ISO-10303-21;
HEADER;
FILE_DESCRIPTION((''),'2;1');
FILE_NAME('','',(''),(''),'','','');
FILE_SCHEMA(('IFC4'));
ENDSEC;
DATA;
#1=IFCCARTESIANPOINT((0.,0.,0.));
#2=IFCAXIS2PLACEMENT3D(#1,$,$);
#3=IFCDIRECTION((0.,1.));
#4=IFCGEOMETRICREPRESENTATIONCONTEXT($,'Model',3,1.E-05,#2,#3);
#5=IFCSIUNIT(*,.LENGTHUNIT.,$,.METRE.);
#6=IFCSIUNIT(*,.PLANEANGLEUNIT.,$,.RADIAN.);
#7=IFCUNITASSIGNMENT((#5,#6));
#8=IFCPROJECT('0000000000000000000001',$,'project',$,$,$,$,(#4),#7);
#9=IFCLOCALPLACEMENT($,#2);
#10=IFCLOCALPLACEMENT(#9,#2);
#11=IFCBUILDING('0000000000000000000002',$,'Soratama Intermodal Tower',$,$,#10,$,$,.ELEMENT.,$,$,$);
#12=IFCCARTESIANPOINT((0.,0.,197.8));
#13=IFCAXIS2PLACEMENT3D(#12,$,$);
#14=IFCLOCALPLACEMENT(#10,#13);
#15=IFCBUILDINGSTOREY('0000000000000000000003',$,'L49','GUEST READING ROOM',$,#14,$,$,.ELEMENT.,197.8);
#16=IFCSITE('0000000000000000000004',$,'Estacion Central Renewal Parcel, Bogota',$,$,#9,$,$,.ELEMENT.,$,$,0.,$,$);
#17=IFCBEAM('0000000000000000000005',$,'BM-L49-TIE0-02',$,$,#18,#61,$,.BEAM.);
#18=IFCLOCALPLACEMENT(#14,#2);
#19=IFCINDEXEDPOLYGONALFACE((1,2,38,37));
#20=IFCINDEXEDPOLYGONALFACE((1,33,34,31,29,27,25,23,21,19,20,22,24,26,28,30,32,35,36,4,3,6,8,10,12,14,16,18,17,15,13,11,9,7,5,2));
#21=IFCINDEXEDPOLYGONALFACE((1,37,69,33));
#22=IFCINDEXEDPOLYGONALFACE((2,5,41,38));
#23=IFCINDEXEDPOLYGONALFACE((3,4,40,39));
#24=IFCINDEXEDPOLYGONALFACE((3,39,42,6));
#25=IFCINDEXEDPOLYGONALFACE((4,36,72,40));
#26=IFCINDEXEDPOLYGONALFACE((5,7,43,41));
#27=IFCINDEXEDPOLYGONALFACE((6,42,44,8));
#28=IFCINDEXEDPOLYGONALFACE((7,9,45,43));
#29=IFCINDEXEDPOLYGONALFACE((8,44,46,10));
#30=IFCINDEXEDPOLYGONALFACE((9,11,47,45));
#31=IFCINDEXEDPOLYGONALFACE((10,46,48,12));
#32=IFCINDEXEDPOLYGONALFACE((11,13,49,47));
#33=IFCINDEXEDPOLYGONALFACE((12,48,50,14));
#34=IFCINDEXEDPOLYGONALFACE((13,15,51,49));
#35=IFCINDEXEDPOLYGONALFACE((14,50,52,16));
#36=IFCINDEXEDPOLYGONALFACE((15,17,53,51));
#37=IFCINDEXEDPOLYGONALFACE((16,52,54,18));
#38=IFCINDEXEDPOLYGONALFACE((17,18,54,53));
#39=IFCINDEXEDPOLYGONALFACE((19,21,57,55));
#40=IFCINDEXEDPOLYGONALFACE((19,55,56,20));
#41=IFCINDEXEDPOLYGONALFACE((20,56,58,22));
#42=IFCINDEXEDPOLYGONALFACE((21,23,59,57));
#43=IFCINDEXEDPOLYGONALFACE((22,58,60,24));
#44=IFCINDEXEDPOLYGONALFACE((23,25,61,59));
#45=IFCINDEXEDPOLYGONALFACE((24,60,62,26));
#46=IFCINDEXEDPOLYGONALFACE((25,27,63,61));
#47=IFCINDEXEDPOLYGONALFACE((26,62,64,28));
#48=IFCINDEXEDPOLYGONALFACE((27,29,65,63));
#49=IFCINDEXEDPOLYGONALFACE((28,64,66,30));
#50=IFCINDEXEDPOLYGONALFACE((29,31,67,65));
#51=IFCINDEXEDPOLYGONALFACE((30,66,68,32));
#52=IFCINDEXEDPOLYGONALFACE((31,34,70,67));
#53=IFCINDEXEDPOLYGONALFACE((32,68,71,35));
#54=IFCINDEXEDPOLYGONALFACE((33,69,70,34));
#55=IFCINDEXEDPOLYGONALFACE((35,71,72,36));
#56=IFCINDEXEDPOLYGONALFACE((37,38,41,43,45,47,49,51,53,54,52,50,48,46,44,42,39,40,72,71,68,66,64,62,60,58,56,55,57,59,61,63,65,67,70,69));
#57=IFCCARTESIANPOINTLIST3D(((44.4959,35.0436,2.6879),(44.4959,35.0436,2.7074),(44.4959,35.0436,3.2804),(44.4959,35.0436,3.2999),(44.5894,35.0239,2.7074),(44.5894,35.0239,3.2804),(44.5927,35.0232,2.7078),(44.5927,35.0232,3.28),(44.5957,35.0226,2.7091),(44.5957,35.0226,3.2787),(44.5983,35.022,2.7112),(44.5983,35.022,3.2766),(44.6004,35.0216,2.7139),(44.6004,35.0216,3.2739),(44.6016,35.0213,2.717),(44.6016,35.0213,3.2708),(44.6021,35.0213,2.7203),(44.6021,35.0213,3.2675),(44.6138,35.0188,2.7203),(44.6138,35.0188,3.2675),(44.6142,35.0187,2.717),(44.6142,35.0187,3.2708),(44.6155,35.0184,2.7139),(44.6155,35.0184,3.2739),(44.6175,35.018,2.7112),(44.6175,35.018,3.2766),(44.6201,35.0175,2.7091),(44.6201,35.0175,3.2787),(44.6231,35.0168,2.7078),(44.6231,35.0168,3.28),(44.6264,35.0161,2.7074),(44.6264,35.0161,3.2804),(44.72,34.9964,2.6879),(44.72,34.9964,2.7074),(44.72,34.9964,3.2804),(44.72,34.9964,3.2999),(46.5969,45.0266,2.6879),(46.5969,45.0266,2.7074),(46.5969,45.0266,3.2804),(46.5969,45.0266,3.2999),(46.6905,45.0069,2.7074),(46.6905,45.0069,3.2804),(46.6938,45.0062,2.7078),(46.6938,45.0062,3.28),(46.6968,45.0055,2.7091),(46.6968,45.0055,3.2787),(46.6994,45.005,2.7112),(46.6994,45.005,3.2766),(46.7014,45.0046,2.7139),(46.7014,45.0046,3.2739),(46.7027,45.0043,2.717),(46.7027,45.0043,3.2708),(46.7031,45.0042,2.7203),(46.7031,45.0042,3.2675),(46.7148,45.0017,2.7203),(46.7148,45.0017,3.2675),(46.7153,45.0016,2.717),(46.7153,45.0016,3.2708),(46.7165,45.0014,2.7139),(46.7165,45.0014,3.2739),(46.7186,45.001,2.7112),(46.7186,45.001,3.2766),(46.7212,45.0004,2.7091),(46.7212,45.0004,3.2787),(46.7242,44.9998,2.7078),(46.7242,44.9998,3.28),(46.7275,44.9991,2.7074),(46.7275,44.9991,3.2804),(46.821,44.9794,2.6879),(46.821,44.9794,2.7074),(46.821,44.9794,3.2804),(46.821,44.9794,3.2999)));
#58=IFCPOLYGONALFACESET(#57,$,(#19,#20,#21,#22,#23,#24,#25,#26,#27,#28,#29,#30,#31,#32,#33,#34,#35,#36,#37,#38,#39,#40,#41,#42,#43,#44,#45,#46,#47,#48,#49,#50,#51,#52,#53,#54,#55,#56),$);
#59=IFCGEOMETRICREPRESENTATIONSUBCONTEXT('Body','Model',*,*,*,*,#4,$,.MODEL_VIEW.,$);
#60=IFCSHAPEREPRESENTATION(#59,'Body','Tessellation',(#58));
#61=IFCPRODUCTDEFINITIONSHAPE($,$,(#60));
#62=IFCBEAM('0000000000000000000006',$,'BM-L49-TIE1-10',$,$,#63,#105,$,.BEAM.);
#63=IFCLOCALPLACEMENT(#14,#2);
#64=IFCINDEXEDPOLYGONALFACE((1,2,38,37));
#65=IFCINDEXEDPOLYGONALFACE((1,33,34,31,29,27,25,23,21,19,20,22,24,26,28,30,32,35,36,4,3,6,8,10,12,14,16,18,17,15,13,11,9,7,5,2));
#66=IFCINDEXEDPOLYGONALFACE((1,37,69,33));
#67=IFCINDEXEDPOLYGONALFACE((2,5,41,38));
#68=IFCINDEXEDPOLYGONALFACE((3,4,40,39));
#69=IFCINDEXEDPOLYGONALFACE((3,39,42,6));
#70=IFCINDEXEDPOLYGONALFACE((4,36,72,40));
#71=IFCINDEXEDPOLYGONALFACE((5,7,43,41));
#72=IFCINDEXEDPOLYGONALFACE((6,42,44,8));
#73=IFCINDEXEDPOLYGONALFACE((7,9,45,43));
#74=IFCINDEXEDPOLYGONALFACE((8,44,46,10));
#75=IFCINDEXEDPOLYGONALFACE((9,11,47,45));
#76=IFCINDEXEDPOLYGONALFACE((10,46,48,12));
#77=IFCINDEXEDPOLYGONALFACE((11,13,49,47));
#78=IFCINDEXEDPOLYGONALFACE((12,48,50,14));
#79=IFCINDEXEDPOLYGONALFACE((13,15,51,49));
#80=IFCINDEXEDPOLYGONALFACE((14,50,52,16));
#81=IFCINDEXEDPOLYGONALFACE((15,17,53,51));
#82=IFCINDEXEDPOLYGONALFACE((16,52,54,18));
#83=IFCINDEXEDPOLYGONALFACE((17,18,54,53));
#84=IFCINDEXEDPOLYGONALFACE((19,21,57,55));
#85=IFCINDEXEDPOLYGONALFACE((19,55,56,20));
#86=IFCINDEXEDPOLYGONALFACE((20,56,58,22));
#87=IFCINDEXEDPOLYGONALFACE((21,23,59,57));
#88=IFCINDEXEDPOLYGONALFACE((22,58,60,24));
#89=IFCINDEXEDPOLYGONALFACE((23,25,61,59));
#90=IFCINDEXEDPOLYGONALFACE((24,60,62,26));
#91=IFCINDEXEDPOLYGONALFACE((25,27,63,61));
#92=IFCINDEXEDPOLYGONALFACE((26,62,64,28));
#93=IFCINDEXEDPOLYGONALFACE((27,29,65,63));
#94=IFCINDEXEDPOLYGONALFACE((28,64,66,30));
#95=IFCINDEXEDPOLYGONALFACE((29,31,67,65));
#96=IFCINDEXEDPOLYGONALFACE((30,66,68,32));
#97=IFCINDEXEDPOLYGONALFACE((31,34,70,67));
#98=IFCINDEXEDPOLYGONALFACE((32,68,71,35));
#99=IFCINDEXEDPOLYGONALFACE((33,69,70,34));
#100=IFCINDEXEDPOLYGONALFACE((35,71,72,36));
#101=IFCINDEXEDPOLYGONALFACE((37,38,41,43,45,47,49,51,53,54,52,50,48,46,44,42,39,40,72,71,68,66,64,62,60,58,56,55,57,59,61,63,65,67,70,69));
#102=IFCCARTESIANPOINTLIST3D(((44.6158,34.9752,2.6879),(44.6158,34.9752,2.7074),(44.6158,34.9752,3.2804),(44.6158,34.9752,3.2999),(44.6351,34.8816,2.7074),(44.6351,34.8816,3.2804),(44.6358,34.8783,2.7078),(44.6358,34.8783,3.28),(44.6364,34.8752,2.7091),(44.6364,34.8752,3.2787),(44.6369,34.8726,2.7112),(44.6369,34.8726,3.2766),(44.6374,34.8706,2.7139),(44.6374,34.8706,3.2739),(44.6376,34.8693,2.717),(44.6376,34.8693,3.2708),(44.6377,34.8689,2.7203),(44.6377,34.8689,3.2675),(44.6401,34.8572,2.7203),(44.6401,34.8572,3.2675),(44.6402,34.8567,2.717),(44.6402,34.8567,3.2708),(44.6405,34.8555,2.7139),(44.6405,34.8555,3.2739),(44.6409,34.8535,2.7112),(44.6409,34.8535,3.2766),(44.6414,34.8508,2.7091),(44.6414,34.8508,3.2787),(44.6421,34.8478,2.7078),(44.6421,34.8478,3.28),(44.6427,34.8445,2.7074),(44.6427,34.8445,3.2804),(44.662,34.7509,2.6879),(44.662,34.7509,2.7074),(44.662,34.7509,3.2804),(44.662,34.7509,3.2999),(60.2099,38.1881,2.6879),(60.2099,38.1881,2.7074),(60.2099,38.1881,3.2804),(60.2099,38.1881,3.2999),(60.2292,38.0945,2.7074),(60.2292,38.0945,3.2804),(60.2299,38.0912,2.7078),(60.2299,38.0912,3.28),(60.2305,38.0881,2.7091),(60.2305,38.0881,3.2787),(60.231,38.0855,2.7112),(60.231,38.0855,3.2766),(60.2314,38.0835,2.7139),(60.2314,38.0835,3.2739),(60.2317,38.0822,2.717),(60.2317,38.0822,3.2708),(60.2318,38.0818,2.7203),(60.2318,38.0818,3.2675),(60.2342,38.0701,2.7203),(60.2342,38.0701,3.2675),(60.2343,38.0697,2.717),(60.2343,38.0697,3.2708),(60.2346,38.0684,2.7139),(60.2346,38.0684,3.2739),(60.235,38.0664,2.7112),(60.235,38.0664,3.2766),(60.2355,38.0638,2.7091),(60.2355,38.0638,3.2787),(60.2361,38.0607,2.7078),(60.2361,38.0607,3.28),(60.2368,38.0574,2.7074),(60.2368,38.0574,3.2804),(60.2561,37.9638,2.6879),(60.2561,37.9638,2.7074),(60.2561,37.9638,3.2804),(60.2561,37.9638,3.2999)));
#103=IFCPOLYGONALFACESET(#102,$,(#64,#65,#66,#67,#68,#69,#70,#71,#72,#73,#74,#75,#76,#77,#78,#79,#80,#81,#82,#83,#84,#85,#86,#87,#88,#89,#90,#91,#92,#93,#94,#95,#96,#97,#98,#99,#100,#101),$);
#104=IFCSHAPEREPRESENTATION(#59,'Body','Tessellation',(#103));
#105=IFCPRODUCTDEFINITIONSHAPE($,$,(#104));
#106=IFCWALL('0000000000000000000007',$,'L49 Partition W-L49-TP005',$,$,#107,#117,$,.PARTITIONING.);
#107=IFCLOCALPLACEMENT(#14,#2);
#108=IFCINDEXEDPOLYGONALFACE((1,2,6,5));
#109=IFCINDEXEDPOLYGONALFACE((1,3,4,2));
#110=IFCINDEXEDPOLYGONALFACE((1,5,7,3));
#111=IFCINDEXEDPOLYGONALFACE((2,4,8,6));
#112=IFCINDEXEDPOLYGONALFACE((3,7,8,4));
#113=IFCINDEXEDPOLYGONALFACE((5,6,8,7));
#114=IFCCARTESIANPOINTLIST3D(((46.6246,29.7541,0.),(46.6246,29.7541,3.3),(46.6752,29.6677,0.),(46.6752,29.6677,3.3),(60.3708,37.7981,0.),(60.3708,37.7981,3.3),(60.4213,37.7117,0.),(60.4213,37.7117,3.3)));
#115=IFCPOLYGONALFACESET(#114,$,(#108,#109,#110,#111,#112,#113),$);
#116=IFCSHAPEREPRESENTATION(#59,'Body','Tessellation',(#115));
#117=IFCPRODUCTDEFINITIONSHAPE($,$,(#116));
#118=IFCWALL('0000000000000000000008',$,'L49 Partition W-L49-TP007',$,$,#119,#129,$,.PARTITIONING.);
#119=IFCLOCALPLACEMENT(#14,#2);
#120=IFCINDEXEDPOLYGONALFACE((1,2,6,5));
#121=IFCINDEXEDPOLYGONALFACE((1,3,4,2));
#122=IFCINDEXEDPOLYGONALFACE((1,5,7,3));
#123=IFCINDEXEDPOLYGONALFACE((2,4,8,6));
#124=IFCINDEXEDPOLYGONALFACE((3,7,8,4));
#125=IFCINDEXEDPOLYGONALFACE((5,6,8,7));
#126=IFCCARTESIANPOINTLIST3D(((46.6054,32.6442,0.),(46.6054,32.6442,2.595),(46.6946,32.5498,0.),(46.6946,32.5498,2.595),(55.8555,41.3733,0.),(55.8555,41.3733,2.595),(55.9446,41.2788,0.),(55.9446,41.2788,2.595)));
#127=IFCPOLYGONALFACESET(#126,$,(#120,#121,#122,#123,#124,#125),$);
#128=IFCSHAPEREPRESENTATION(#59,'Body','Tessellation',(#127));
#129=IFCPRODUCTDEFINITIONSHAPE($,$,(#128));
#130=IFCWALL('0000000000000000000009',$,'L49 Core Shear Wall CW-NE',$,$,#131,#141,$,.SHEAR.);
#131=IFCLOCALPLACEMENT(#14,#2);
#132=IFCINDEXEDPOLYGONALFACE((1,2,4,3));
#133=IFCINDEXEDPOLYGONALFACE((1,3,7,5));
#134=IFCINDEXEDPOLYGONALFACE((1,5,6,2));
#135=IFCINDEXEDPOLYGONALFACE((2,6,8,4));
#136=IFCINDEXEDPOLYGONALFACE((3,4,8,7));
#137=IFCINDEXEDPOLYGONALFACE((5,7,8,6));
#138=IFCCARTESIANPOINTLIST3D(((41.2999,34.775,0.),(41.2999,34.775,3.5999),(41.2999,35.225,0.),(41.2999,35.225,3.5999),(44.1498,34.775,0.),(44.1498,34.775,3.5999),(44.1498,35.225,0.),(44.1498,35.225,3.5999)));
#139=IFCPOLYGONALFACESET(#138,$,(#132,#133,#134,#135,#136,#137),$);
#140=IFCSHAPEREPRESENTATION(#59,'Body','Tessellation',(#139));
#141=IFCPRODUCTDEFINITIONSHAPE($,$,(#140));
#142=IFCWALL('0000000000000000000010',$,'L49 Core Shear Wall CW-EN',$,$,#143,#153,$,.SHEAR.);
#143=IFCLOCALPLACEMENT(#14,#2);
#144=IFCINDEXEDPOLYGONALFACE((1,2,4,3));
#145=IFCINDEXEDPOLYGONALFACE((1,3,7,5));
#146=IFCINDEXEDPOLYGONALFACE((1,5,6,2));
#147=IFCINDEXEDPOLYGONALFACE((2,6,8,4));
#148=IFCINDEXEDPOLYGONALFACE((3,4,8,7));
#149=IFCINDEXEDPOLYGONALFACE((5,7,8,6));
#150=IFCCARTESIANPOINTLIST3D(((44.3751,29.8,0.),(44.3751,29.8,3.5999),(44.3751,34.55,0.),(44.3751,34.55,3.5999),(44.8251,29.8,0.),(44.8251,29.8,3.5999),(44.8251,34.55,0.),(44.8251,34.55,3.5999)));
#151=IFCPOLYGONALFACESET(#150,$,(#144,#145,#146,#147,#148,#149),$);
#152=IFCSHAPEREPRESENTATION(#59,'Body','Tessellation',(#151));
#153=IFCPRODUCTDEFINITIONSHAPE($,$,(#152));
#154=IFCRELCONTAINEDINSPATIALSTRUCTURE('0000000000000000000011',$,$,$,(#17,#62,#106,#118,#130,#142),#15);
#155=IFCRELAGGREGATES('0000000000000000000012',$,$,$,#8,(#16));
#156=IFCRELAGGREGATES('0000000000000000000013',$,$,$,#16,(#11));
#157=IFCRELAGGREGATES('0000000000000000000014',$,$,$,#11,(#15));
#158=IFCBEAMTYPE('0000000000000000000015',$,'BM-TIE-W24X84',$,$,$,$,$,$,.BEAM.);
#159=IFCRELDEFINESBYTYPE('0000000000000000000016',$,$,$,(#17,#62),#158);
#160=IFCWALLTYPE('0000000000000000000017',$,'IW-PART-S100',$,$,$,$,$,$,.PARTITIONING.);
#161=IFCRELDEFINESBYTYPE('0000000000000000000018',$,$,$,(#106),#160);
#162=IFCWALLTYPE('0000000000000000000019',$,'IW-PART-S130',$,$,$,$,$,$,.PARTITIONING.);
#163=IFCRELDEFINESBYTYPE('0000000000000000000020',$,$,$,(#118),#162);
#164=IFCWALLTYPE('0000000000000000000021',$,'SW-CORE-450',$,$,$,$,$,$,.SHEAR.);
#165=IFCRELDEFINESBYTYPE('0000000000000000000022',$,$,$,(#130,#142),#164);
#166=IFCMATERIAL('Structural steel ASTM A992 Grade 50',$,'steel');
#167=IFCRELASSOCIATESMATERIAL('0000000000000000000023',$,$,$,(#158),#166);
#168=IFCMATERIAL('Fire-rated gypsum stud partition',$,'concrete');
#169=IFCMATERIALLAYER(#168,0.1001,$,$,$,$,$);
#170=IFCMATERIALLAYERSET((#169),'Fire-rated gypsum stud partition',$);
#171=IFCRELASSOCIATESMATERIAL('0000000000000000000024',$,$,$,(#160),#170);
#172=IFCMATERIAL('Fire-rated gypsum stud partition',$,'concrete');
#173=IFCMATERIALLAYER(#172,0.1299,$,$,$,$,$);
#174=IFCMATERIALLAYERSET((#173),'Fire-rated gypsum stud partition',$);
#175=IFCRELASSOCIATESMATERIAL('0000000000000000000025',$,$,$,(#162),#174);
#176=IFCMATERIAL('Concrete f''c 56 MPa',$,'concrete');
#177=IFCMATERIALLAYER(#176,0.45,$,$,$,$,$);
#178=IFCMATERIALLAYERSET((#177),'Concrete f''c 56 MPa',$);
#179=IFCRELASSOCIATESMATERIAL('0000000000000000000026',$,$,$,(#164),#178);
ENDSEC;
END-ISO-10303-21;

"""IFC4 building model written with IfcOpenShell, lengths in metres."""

from ifc_helpers import new_model, si_unit, direction, frame, frame_2d, origin, origin_2d, place, context, subcontext, project, spatial, rectangle, i_section, extrude, material, layer, layer_set, material_profile, profile_set, type_object, element, save


model = new_model("IFC4")

# Units and contexts
model_context = context("Model", 3, precision=1e-05, world=origin(), true_north=direction((0.0, 1.0)))
body_context = subcontext(model_context, "Body", "Model", "MODEL_VIEW")
ifc_project = project(units=[si_unit("LENGTHUNIT", "METRE"), si_unit("PLANEANGLEUNIT", "RADIAN")], contexts=[model_context])

# Site, building, storey
site_placement = place(None, origin())
site = spatial("IfcSite", under=ifc_project, at=site_placement, Name="Estacion Central Renewal Parcel, Bogota", CompositionType="ELEMENT", RefElevation=0.0)
building_placement = place(site_placement, origin())
building = spatial("IfcBuilding", under=site, at=building_placement, Name="Soratama Intermodal Tower", CompositionType="ELEMENT")
storey_placement = place(building_placement, frame((0.0, 0.0, 197.8)))
storey = spatial("IfcBuildingStorey", under=building, at=storey_placement, Name="L49", Description="GUEST READING ROOM", CompositionType="ELEMENT", Elevation=197.8)

# Beams
ifc_material_1 = material(Name="Structural steel ASTM A992 Grade 50", Category="steel")
ifc_material_profile_1 = material_profile(ifc_material_1, i_section(OverallWidth=0.229, OverallDepth=0.6121, WebThickness=0.012, FlangeThickness=0.0195, FilletRadius=0.0129, at=origin_2d()), Name="W24X84")
ifc_profile_set_1 = profile_set([ifc_material_profile_1], Name="Structural steel ASTM A992 Grade 50")
beam_type_1 = type_object("IfcBeamType", Name="BM-TIE-W24X84", PredefinedType="BEAM", material=ifc_profile_set_1)
beam_1_placement = place(storey_placement, frame((44.6079, 35.02, 2.9939), z_axis=(0.205955, 0.978561, 0.0), x_axis=(-0.978561, 0.205955, 0.0)))
element("IfcBeam", 1, at=beam_1_placement, inside=storey, type_object=beam_type_1, Name="BM-L49-TIE0-02", PredefinedType="BEAM", context=body_context, shape_type="SweptSolid", body=[
    extrude(i_section(OverallWidth=0.229, OverallDepth=0.6121, WebThickness=0.012, FlangeThickness=0.0195, FilletRadius=0.0129, at=origin_2d()), origin(), (0.0, 0.0, 1.0), 10.2017),
])
beam_2_placement = place(storey_placement, frame((44.6389, 34.863, 2.9939), z_axis=(0.979428, 0.201795, 0.0), x_axis=(-0.201795, 0.979428, 0.0)))
element("IfcBeam", 2, at=beam_2_placement, inside=storey, type_object=beam_type_1, Name="BM-L49-TIE1-10", PredefinedType="BEAM", context=body_context, shape_type="SweptSolid", body=[
    extrude(i_section(OverallWidth=0.229, OverallDepth=0.6121, WebThickness=0.012, FlangeThickness=0.0195, FilletRadius=0.0129, at=origin_2d()), origin(), (0.0, 0.0, 1.0), 15.9216),
])

# Walls
ifc_material_2 = material(Name="Fire-rated gypsum stud partition", Category="concrete")
ifc_layer_1 = layer(ifc_material_2, 0.1001)
ifc_layer_set_1 = layer_set([ifc_layer_1], Name="Fire-rated gypsum stud partition")
wall_type_1 = type_object("IfcWallType", Name="IW-PART-S100", PredefinedType="PARTITIONING", material=ifc_layer_set_1)
wall_1_placement = place(storey_placement, frame((46.6499, 29.7109, 0.0), z_axis=(0.0, 0.0, 1.0), x_axis=(0.863084, 0.50506, 0.0)))
element("IfcWall", 3, at=wall_1_placement, inside=storey, type_object=wall_type_1, Name="L49 Partition W-L49-TP005", PredefinedType="PARTITIONING", context=body_context, shape_type="SweptSolid", body=[
    extrude(rectangle(XDim=15.9268, YDim=0.1001, at=frame_2d((7.9634, 0.0))), origin(), (0.0, 0.0, 1.0), 3.3),
])
ifc_material_3 = material(Name="Fire-rated gypsum stud partition", Category="concrete")
ifc_layer_2 = layer(ifc_material_3, 0.1299)
ifc_layer_set_2 = layer_set([ifc_layer_2], Name="Fire-rated gypsum stud partition")
wall_type_2 = type_object("IfcWallType", Name="IW-PART-S130", PredefinedType="PARTITIONING", material=ifc_layer_set_2)
wall_2_placement = place(storey_placement, frame((46.6499, 32.5969, 0.0), z_axis=(0.0, 0.0, 1.0), x_axis=(0.727292, 0.686328, 0.0)))
element("IfcWall", 4, at=wall_2_placement, inside=storey, type_object=wall_type_2, Name="L49 Partition W-L49-TP007", PredefinedType="PARTITIONING", context=body_context, shape_type="SweptSolid", body=[
    extrude(rectangle(XDim=12.7185, YDim=0.1299, at=frame_2d((6.3594, 0.0))), origin(), (0.0, 0.0, 1.0), 2.595),
])
ifc_material_4 = material(Name="Concrete f'c 56 MPa", Category="concrete")
ifc_layer_3 = layer(ifc_material_4, 0.45)
ifc_layer_set_3 = layer_set([ifc_layer_3], Name="Concrete f'c 56 MPa")
wall_type_3 = type_object("IfcWallType", Name="SW-CORE-450", PredefinedType="SHEAR", material=ifc_layer_set_3)
wall_3_placement = place(storey_placement, frame((41.3, 35.0, 0.0), z_axis=(0.0, 0.0, 1.0), x_axis=(1.0, 0.0, 0.0)))
element("IfcWall", 5, at=wall_3_placement, inside=storey, type_object=wall_type_3, Name="L49 Core Shear Wall CW-NE", PredefinedType="SHEAR", context=body_context, shape_type="SweptSolid", body=[
    extrude(rectangle(XDim=2.8499, YDim=0.45, at=frame_2d((1.4248, 0.0))), origin(), (0.0, 0.0, 1.0), 3.5999),
])
wall_4_placement = place(storey_placement, frame((44.6001, 29.8, 0.0), z_axis=(0.0, 0.0, 1.0), x_axis=(0.0, 1.0, 0.0)))
element("IfcWall", 6, at=wall_4_placement, inside=storey, type_object=wall_type_3, Name="L49 Core Shear Wall CW-EN", PredefinedType="SHEAR", context=body_context, shape_type="SweptSolid", body=[
    extrude(rectangle(XDim=4.75, YDim=0.45, at=frame_2d((2.375, 0.0))), origin(), (0.0, 0.0, 1.0), 3.5999),
])

save(model, "model.ifc")
